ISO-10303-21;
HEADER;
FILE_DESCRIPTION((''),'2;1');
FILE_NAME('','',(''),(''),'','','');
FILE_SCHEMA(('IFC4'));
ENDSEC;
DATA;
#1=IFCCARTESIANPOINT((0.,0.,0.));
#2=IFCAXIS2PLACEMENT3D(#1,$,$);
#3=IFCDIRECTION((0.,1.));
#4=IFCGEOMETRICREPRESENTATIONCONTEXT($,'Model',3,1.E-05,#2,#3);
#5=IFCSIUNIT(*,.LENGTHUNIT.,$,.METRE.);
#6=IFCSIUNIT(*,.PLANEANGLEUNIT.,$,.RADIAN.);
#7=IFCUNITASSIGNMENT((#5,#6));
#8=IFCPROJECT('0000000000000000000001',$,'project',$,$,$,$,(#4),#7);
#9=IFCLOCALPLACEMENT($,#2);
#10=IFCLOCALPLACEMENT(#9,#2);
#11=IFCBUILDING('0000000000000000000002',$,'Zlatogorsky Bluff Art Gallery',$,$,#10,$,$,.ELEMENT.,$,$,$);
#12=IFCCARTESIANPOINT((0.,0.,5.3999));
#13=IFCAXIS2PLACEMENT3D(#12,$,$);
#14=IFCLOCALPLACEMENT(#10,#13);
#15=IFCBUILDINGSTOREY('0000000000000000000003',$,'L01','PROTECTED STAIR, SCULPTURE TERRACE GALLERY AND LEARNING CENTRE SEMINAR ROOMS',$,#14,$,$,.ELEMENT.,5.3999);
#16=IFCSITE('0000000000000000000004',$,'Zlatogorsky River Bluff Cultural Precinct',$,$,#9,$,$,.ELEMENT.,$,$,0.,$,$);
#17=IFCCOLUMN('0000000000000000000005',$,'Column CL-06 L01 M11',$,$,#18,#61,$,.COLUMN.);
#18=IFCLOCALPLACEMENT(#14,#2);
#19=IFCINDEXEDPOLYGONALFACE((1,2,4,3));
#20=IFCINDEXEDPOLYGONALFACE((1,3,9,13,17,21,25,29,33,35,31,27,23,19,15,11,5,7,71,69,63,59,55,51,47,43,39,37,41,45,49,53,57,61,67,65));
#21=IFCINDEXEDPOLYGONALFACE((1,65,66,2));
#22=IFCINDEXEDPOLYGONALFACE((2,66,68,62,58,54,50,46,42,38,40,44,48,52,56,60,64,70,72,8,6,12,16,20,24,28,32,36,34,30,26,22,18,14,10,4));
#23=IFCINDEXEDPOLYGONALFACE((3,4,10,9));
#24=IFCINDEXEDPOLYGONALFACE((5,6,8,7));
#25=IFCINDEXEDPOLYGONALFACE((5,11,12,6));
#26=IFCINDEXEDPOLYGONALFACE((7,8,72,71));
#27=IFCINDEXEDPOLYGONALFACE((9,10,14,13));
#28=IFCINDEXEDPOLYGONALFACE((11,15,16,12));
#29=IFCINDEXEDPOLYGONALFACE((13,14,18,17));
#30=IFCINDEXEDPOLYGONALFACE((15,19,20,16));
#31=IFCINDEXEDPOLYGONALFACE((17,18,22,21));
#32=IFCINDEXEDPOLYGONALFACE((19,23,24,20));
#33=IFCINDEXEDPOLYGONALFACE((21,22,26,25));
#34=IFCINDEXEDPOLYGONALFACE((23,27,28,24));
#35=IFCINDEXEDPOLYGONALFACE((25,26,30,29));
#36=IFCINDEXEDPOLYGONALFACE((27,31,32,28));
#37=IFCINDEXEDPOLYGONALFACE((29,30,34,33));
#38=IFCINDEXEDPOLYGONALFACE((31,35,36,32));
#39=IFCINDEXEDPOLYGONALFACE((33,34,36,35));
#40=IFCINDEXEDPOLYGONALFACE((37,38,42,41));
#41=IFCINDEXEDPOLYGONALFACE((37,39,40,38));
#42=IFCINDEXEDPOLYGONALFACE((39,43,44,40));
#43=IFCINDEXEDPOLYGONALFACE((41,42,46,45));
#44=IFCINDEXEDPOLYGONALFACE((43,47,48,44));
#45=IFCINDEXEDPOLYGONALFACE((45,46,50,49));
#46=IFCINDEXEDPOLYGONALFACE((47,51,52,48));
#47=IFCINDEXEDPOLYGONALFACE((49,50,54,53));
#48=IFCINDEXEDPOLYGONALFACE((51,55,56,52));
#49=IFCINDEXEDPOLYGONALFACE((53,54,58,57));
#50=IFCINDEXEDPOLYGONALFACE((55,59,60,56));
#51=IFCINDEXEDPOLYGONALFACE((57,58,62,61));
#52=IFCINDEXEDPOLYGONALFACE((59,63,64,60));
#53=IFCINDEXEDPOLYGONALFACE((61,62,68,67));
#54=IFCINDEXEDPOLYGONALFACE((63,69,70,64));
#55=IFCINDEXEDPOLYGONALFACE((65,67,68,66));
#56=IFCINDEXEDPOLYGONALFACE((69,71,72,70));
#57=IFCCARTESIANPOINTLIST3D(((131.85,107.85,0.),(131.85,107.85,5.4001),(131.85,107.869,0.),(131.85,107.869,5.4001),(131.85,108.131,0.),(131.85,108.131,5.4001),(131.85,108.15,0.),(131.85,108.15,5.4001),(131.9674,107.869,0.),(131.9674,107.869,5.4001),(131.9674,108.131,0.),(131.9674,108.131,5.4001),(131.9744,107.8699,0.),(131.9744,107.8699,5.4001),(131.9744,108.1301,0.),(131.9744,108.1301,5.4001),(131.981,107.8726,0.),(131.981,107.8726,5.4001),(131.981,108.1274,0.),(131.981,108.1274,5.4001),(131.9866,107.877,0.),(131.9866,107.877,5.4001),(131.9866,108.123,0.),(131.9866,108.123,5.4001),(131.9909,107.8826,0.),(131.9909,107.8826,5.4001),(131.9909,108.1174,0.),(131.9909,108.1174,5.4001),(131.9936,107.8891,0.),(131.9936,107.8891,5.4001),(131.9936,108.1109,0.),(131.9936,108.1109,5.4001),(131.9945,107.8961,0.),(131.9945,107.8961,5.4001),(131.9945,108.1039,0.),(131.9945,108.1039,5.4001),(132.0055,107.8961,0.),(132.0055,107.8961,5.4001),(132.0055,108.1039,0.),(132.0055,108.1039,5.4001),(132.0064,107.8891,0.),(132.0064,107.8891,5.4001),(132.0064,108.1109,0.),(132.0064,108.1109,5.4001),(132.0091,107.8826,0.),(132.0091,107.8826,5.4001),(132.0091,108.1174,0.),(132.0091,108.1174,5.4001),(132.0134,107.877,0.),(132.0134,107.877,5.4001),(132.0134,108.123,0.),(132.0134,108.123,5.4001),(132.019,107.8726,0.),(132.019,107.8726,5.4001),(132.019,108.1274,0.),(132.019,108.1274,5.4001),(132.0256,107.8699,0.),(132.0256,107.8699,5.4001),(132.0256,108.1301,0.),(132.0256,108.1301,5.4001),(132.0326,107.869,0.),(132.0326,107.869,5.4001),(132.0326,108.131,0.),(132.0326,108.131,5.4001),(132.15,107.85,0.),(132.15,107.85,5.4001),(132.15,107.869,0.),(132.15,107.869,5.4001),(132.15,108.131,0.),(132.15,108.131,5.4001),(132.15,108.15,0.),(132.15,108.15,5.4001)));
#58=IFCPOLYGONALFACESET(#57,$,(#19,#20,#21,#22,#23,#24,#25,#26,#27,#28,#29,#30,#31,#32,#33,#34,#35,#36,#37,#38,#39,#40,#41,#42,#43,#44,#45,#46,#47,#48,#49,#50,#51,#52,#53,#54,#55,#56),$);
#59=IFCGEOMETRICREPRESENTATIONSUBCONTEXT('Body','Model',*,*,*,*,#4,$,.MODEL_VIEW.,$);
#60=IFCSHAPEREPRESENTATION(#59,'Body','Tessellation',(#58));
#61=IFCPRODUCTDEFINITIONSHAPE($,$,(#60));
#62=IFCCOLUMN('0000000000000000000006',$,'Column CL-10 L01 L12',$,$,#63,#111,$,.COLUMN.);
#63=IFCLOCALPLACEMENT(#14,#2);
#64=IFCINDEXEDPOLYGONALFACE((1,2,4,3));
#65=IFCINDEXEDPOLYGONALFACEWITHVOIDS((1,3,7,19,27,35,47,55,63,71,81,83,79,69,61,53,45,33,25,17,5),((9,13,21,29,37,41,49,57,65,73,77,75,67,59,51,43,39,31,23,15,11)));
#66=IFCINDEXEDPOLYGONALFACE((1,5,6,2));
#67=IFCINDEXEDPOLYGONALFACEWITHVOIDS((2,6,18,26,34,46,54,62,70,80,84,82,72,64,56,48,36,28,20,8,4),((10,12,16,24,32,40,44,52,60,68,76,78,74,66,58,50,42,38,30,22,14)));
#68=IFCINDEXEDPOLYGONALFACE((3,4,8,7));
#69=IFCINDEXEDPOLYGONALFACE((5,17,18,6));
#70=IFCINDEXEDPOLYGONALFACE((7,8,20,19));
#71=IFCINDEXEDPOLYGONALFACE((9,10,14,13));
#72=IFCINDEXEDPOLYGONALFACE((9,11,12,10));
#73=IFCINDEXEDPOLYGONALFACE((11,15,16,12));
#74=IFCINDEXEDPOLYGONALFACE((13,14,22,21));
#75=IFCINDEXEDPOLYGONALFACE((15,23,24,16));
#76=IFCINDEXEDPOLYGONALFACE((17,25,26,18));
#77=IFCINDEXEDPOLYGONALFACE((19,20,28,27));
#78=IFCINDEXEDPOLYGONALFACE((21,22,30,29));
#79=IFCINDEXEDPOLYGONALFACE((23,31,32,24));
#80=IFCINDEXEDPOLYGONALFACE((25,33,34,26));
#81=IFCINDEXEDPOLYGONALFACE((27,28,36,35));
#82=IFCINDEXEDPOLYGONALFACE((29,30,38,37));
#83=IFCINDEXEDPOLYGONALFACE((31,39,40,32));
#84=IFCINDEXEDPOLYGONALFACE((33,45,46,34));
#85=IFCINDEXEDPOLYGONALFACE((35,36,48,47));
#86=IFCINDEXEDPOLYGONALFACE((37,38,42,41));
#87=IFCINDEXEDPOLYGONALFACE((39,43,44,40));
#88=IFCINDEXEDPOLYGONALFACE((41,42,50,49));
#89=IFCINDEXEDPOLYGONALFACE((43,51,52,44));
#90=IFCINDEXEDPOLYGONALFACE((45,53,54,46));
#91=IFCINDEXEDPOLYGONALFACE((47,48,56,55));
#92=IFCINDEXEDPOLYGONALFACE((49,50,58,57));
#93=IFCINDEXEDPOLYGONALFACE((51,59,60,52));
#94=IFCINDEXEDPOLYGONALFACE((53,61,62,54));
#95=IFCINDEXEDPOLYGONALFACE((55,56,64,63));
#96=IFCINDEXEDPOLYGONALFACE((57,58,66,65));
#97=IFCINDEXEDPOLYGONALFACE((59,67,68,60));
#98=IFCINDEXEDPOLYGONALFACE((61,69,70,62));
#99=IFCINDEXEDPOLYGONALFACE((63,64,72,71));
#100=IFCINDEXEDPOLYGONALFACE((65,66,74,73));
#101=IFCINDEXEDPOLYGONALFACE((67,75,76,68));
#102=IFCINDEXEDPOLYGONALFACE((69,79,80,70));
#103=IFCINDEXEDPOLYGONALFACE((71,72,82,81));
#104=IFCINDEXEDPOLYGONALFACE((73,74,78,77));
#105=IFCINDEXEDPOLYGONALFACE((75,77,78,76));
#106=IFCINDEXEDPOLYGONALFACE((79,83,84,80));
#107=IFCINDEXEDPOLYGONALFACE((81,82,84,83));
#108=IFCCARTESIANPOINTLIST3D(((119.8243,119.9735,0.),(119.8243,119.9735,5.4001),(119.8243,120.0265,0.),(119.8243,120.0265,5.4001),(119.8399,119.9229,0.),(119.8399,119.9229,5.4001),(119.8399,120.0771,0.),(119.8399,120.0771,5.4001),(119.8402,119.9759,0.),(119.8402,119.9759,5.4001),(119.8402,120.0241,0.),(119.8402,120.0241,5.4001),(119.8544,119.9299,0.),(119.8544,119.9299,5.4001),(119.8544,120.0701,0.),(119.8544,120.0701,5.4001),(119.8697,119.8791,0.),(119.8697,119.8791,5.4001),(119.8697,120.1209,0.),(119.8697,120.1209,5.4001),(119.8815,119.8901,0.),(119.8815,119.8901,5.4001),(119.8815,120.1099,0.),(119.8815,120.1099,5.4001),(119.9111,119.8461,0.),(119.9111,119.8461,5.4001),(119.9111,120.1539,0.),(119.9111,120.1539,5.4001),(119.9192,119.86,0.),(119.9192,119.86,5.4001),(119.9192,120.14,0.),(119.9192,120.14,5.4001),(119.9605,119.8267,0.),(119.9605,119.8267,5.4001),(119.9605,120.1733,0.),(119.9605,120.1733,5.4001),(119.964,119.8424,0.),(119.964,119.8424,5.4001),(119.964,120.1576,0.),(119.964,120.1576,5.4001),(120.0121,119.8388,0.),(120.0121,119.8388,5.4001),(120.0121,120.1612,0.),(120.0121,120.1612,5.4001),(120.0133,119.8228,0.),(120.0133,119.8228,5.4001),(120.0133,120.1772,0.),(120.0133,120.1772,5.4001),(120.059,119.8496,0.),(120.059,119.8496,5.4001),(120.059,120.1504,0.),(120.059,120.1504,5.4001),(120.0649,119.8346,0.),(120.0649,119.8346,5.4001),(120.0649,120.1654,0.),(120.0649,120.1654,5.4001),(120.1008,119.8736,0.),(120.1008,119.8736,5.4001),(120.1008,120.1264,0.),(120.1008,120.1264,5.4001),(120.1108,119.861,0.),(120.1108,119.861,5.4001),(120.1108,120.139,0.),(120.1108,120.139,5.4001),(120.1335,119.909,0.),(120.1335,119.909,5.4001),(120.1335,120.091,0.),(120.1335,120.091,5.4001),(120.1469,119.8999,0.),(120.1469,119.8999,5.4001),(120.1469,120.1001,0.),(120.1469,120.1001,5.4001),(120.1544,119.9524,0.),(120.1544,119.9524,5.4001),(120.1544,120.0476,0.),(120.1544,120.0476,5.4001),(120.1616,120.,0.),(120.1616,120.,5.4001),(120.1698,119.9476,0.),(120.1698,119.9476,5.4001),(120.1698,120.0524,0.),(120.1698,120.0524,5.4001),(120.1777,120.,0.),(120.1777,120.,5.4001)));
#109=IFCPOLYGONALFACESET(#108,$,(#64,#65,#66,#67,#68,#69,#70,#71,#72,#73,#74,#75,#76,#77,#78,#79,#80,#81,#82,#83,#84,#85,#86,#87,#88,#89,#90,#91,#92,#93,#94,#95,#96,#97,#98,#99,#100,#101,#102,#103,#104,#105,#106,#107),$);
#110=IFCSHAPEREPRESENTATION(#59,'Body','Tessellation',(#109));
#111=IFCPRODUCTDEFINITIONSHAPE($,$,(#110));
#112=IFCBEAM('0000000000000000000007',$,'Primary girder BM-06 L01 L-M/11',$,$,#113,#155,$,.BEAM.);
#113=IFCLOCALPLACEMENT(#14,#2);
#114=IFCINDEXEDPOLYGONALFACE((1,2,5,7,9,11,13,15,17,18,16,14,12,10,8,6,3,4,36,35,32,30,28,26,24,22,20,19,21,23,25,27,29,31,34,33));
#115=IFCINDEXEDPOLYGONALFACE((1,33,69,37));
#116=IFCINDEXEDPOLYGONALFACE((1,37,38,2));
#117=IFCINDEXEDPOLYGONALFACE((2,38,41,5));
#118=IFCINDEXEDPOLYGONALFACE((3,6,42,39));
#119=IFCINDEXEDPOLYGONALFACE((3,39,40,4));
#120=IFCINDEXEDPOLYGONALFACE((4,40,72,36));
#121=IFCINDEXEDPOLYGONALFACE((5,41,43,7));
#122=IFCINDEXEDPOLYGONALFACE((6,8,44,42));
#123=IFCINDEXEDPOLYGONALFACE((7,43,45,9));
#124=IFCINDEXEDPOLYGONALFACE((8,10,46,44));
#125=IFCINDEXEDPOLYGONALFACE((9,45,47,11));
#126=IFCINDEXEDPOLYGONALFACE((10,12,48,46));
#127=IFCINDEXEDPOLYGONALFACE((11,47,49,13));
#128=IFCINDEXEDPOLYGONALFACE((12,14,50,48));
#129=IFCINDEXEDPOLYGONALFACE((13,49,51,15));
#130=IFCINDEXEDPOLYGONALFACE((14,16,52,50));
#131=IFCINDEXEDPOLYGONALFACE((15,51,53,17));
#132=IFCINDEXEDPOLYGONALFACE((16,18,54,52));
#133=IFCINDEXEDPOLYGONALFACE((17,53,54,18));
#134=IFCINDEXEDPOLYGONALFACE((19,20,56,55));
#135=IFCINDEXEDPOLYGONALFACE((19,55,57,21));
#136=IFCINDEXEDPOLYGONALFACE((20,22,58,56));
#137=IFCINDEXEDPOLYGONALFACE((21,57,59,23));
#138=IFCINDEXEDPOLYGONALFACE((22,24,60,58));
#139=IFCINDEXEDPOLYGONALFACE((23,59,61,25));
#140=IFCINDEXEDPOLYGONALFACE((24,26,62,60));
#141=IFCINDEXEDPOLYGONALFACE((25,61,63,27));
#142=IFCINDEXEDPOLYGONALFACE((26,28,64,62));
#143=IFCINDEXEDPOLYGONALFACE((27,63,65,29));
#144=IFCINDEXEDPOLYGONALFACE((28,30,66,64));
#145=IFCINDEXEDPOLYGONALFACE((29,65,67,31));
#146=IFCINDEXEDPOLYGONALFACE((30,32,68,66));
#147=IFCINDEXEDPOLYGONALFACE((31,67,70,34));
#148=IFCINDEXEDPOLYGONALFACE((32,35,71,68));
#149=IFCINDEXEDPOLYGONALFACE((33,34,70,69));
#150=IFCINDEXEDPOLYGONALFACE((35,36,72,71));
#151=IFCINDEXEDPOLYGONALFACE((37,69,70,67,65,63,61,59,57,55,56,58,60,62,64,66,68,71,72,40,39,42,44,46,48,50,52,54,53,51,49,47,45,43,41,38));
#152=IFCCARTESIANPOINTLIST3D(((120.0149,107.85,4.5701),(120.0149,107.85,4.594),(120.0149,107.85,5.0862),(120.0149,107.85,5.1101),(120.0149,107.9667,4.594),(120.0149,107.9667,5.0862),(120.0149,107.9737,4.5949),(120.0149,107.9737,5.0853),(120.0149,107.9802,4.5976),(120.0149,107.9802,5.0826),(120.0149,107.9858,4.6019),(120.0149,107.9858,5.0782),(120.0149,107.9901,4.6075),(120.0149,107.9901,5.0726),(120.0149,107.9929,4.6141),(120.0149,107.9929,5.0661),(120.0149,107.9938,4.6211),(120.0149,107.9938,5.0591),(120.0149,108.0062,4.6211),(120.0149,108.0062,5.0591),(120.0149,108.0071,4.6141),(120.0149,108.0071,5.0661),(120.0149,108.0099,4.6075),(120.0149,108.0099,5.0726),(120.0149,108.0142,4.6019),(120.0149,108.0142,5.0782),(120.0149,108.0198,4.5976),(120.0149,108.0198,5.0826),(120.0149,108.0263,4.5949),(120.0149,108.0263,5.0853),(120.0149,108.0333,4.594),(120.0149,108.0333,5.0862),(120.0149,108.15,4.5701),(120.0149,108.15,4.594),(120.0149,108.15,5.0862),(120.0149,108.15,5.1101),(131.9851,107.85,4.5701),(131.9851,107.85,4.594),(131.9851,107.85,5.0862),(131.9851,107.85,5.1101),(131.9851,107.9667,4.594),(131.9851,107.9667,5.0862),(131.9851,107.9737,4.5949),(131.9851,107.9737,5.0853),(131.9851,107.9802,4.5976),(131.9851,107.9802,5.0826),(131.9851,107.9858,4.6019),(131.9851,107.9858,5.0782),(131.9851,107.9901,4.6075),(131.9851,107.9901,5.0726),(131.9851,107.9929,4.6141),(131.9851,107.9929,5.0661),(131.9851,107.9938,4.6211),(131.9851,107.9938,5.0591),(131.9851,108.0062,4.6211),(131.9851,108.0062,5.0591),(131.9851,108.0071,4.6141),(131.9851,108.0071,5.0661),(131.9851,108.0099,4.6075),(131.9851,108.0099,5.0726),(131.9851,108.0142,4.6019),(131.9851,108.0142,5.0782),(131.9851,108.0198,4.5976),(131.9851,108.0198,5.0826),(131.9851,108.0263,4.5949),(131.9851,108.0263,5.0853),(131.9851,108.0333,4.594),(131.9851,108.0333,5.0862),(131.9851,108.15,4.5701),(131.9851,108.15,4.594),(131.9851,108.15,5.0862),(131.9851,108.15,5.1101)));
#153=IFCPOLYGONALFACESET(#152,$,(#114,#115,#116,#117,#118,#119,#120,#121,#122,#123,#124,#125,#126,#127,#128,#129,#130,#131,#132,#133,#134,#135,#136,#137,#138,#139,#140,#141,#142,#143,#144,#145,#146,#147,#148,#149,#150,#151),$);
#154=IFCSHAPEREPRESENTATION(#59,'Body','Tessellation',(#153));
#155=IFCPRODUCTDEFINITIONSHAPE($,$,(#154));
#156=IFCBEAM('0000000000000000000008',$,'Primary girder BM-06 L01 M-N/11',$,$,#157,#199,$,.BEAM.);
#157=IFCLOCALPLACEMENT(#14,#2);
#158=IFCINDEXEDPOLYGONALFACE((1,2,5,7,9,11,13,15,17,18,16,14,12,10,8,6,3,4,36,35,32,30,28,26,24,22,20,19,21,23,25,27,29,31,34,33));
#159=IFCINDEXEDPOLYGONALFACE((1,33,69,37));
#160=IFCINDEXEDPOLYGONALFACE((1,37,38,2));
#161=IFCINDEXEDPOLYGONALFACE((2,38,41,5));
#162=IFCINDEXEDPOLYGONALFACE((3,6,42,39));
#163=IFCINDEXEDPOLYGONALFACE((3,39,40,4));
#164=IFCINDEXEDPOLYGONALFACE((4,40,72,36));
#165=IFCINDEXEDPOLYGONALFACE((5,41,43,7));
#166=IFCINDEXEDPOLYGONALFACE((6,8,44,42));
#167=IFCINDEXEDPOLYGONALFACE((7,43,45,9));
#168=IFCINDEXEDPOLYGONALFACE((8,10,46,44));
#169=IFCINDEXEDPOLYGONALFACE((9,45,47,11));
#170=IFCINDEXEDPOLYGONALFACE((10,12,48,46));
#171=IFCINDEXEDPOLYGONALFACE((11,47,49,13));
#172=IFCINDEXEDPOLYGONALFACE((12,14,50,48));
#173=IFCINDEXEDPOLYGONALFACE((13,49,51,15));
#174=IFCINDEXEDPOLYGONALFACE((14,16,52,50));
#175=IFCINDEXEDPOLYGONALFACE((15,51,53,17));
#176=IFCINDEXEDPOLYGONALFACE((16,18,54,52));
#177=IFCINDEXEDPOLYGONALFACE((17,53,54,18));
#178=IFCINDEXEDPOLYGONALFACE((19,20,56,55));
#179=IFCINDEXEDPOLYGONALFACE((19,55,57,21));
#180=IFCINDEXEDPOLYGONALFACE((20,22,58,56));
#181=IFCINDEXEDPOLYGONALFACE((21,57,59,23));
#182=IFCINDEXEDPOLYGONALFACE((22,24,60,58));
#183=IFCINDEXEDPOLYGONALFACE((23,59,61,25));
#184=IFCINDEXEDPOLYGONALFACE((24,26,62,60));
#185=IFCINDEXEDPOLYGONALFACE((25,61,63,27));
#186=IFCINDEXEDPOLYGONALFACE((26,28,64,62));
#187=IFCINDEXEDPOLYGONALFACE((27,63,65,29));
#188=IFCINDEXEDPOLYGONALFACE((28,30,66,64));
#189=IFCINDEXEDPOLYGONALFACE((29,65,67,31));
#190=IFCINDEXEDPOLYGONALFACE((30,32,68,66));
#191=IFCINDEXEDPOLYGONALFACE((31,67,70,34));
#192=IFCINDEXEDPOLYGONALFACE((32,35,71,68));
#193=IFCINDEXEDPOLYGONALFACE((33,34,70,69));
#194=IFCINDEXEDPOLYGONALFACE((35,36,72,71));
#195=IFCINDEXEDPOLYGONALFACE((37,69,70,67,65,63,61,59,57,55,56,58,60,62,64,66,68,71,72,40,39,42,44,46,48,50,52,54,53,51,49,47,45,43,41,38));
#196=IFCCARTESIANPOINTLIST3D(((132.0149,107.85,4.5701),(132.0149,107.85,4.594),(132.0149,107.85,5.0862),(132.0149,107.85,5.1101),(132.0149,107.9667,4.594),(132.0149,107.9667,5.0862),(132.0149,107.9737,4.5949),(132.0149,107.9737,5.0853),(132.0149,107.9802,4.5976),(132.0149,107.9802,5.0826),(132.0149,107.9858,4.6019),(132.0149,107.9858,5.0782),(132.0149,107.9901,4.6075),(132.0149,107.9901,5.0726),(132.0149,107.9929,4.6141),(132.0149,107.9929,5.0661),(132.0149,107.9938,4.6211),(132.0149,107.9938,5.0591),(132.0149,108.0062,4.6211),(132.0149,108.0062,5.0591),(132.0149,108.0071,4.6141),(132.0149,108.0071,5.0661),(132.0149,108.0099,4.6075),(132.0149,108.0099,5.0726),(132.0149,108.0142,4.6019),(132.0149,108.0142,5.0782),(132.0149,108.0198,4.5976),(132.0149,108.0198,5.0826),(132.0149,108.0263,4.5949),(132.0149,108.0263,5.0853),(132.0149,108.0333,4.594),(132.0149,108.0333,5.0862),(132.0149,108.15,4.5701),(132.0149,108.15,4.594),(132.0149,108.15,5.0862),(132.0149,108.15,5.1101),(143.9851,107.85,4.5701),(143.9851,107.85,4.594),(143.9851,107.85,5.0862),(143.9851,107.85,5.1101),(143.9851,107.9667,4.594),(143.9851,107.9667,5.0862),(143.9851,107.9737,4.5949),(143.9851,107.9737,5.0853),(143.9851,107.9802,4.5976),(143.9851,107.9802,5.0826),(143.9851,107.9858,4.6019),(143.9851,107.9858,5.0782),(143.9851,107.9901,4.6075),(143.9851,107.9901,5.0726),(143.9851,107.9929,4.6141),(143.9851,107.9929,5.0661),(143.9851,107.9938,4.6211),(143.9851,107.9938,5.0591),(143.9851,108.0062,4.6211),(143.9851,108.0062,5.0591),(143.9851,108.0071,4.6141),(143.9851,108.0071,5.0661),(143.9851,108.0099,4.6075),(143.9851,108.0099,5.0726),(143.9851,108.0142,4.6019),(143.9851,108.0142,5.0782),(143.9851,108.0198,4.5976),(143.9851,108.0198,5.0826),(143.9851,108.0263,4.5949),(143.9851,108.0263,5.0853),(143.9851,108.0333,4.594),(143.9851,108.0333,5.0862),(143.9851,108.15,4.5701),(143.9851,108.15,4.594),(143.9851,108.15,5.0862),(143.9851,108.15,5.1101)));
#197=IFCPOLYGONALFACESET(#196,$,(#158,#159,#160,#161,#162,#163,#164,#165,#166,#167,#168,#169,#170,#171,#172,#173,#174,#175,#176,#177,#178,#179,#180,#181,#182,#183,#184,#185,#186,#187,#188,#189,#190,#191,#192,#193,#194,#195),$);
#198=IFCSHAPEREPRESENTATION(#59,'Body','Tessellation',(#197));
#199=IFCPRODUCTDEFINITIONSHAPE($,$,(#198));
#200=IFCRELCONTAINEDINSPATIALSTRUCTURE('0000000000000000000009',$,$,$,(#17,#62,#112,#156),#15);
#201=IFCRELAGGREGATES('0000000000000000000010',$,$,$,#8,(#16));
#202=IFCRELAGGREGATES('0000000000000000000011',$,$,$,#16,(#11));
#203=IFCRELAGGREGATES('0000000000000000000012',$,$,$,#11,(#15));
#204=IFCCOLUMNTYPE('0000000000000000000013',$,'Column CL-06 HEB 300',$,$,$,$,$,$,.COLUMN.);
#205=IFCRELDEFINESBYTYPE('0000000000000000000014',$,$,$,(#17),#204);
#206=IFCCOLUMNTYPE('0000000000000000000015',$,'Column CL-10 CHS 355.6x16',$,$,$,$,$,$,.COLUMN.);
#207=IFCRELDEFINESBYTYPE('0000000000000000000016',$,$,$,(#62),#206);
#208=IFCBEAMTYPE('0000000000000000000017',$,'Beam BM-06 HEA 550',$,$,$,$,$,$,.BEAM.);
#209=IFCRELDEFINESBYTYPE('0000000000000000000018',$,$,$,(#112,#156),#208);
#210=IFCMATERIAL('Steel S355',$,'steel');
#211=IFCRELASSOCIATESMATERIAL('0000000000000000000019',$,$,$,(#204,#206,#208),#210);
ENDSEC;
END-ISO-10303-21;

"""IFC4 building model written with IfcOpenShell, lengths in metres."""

from ifc_helpers import new_model, si_unit, direction, frame, origin, origin_2d, place, context, subcontext, project, spatial, hollow_circle, i_section, extrude, material, material_profile, profile_set, type_object, element, save


model = new_model("IFC4")

# Units and contexts
model_context = context("Model", 3, precision=1e-05, world=origin(), true_north=direction((0.0, 1.0)))
body_context = subcontext(model_context, "Body", "Model", "MODEL_VIEW")
ifc_project = project(units=[si_unit("LENGTHUNIT", "METRE"), si_unit("PLANEANGLEUNIT", "RADIAN")], contexts=[model_context])

# Site, building, storey
site_placement = place(None, origin())
site = spatial("IfcSite", under=ifc_project, at=site_placement, Name="Zlatogorsky River Bluff Cultural Precinct", CompositionType="ELEMENT", RefElevation=0.0)
building_placement = place(site_placement, origin())
building = spatial("IfcBuilding", under=site, at=building_placement, Name="Zlatogorsky Bluff Art Gallery", CompositionType="ELEMENT")
storey_placement = place(building_placement, frame((0.0, 0.0, 5.3999)))
storey = spatial("IfcBuildingStorey", under=building, at=storey_placement, Name="L01", Description="PROTECTED STAIR, SCULPTURE TERRACE GALLERY AND LEARNING CENTRE SEMINAR ROOMS", CompositionType="ELEMENT", Elevation=5.3999)

# Columns
ifc_material_1 = material(Name="Steel S355", Category="steel")
ifc_material_profile_1 = material_profile(ifc_material_1, i_section(OverallWidth=0.3, OverallDepth=0.3, WebThickness=0.011, FlangeThickness=0.019, FilletRadius=0.0271, at=origin_2d()), Name="HEB 300")
ifc_profile_set_1 = profile_set([ifc_material_profile_1], Name="Steel S355")
column_type_1 = type_object("IfcColumnType", Name="Column CL-06 HEB 300", PredefinedType="COLUMN", material=ifc_profile_set_1)
column_1_placement = place(storey_placement, frame((132.0, 108.0, 0.0), z_axis=(0.0, 0.0, 1.0), x_axis=(1.0, 0.0, 0.0)))
element("IfcColumn", 1, at=column_1_placement, inside=storey, type_object=column_type_1, Name="Column CL-06 L01 M11", PredefinedType="COLUMN", context=body_context, shape_type="SweptSolid", body=[
    extrude(i_section(OverallWidth=0.3, OverallDepth=0.3, WebThickness=0.011, FlangeThickness=0.019, FilletRadius=0.0271, at=origin_2d()), origin(), (0.0, 0.0, 1.0), 5.4001),
])
ifc_material_profile_2 = material_profile(ifc_material_1, hollow_circle(Radius=0.1777, WallThickness=0.0161, at=origin_2d()), Name="CHS 355.6x16")
ifc_profile_set_2 = profile_set([ifc_material_profile_2], Name="Steel S355")
column_type_2 = type_object("IfcColumnType", Name="Column CL-10 CHS 355.6x16", PredefinedType="COLUMN", material=ifc_profile_set_2)
column_2_placement = place(storey_placement, frame((120.0, 120.0, 0.0), z_axis=(0.0, 0.0, 1.0), x_axis=(1.0, 0.0, 0.0)))
element("IfcColumn", 2, at=column_2_placement, inside=storey, type_object=column_type_2, Name="Column CL-10 L01 L12", PredefinedType="COLUMN", context=body_context, shape_type="SweptSolid", body=[
    extrude(hollow_circle(Radius=0.1777, WallThickness=0.0161, at=origin_2d()), origin(), (0.0, 0.0, 1.0), 5.4001),
])

# Beams
ifc_material_profile_3 = material_profile(ifc_material_1, i_section(OverallWidth=0.3, OverallDepth=0.54, WebThickness=0.0125, FlangeThickness=0.0239, FilletRadius=0.0271, at=origin_2d()), Name="HEA 550")
ifc_profile_set_3 = profile_set([ifc_material_profile_3], Name="Steel S355")
beam_type_1 = type_object("IfcBeamType", Name="Beam BM-06 HEA 550", PredefinedType="BEAM", material=ifc_profile_set_3)
for number, where, z_axis, x_axis, name in (
    (3, (120.0149, 108.0, 4.8401), (1.0, 0.0, 0.0), (0.0, 1.0, 0.0), "Primary girder BM-06 L01 L-M/11"),
    (4, (132.0149, 108.0, 4.8401), (1.0, 0.0, 0.0), (0.0, 1.0, 0.0), "Primary girder BM-06 L01 M-N/11"),
):
    element("IfcBeam", number, at=place(storey_placement, frame(where, z_axis=z_axis, x_axis=x_axis)), inside=storey, type_object=beam_type_1, Name=name, PredefinedType="BEAM", context=body_context, shape_type="SweptSolid", body=[
        extrude(i_section(OverallWidth=0.3, OverallDepth=0.54, WebThickness=0.0125, FlangeThickness=0.0239, FilletRadius=0.0271, at=origin_2d()), origin(), (0.0, 0.0, 1.0), 11.9702),
    ])

save(model, "model.ifc")
